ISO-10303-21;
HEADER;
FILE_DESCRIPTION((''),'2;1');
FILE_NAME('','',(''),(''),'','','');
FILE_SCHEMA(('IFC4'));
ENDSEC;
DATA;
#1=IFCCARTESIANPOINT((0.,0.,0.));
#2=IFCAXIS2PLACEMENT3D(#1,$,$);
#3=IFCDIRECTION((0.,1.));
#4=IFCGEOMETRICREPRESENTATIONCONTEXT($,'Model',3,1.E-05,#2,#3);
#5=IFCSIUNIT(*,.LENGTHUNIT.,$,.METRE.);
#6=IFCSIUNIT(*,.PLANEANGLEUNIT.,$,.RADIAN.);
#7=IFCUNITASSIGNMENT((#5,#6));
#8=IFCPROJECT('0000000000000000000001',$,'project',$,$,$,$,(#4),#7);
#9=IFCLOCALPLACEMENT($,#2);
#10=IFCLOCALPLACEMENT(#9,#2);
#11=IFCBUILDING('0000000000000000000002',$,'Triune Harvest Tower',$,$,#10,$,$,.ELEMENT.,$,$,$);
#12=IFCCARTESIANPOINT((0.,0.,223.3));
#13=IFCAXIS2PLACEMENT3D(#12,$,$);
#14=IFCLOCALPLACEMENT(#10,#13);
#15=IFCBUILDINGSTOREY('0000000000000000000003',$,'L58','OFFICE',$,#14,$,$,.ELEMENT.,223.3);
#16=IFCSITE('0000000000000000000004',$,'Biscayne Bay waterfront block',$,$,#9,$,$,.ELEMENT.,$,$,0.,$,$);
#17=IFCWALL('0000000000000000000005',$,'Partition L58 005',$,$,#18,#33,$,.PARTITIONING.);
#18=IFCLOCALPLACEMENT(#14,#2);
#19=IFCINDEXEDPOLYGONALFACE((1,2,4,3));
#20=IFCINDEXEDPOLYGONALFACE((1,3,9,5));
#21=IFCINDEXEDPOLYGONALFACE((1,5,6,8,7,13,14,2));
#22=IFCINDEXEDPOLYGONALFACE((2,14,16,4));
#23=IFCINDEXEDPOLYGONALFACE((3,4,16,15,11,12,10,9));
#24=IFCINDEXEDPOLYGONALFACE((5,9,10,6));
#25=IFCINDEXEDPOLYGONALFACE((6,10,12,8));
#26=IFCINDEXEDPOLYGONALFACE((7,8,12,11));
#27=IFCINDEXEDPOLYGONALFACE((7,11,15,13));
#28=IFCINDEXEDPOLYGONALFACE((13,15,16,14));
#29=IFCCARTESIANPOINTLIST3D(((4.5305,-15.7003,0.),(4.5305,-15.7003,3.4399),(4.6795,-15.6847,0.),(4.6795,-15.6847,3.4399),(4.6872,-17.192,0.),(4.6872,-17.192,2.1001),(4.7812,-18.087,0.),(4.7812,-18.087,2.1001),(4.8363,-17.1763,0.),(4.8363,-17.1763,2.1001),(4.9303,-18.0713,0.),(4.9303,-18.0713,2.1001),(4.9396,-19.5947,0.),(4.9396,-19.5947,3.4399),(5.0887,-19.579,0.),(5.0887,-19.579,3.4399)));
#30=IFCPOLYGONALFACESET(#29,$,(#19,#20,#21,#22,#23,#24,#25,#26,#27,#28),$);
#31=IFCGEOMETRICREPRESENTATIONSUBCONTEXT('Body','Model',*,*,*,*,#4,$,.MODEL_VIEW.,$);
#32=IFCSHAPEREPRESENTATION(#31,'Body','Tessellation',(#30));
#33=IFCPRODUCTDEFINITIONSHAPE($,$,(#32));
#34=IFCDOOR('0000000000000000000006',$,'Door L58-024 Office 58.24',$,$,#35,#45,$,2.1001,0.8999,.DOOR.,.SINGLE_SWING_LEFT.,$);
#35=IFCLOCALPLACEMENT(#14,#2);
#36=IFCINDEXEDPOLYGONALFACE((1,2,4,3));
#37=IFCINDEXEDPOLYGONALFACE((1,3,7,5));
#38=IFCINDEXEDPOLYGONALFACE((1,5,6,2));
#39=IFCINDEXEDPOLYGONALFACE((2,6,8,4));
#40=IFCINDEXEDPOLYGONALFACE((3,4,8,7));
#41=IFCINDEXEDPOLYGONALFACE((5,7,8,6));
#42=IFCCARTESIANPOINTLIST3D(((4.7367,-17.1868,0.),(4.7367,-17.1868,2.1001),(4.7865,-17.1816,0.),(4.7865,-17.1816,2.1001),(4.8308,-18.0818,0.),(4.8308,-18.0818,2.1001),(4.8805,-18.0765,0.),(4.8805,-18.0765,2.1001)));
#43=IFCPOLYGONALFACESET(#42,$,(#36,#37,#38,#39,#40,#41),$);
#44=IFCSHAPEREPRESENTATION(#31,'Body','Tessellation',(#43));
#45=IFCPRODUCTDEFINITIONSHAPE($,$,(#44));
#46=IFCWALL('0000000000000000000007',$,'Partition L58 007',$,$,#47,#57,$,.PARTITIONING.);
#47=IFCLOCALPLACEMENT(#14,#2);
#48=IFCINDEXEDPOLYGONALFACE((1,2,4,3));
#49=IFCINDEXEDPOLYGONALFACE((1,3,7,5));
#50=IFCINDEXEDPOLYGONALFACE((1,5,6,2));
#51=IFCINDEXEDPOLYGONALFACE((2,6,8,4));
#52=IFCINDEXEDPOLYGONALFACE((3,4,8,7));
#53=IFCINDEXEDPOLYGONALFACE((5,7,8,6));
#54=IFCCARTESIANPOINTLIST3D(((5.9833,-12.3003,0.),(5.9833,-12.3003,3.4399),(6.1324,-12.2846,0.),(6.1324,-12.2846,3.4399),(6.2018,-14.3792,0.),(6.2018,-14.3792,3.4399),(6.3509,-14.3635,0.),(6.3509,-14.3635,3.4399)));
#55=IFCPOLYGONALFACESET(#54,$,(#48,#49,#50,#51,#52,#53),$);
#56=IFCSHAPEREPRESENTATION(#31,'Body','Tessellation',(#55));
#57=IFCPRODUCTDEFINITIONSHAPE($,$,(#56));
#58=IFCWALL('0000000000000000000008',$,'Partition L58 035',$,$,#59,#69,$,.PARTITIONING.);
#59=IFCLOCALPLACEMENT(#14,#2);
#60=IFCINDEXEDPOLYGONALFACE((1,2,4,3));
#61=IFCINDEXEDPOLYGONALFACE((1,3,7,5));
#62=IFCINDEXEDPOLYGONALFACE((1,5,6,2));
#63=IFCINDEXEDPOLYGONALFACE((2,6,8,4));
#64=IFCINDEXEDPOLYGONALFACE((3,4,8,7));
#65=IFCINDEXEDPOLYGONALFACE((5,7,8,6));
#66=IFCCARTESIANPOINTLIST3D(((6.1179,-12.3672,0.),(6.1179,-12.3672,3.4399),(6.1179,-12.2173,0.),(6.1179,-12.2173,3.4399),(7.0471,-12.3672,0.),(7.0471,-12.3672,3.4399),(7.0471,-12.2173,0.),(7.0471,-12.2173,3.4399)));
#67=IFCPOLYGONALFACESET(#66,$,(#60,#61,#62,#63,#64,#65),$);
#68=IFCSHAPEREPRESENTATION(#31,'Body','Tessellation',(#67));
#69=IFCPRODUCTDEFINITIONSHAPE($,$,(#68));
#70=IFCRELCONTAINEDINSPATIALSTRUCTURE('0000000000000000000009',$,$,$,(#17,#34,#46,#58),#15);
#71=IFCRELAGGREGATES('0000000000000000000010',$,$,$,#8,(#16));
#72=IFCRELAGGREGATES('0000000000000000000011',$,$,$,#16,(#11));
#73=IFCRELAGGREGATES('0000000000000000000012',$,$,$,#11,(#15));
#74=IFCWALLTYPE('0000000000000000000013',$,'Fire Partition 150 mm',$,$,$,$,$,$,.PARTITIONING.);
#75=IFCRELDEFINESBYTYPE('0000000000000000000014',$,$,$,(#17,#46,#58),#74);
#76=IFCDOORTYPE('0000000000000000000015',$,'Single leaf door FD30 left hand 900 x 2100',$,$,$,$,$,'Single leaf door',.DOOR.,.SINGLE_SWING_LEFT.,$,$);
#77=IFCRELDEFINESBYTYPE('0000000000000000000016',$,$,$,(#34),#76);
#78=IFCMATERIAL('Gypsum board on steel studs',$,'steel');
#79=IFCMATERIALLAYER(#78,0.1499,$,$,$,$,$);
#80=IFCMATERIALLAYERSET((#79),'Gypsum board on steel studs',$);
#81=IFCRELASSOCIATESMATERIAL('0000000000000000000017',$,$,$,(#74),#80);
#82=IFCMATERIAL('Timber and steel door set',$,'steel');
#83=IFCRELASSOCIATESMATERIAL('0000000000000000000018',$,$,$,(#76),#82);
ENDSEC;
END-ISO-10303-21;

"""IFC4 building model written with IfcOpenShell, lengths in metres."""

from ifc_helpers import new_model, si_unit, direction, frame, frame_2d, origin, place, context, subcontext, project, spatial, rectangle, extrude, source, transform, mapped, material, layer, layer_set, type_object, element, fill, save


model = new_model("IFC4")

# Units and contexts
model_context = context("Model", 3, precision=1e-05, world=origin(), true_north=direction((0.0, 1.0)))
body_context = subcontext(model_context, "Body", "Model", "MODEL_VIEW")
ifc_project = project(units=[si_unit("LENGTHUNIT", "METRE"), si_unit("PLANEANGLEUNIT", "RADIAN")], contexts=[model_context])

# Site, building, storey
site_placement = place(None, origin())
site = spatial("IfcSite", under=ifc_project, at=site_placement, Name="Biscayne Bay waterfront block", CompositionType="ELEMENT", RefElevation=0.0)
building_placement = place(site_placement, origin())
building = spatial("IfcBuilding", under=site, at=building_placement, Name="Triune Harvest Tower", CompositionType="ELEMENT")
storey_placement = place(building_placement, frame((0.0, 0.0, 223.3)))
storey = spatial("IfcBuildingStorey", under=building, at=storey_placement, Name="L58", Description="OFFICE", CompositionType="ELEMENT", Elevation=223.3)

# Shared definitions
ifc_material_1 = material(Name="Gypsum board on steel studs", Category="steel")
ifc_layer_1 = layer(ifc_material_1, 0.1499)
ifc_layer_set_1 = layer_set([ifc_layer_1], Name="Gypsum board on steel studs")
wall_type_1 = type_object("IfcWallType", Name="Fire Partition 150 mm", PredefinedType="PARTITIONING", material=ifc_layer_set_1)

# Wall, opening, door
shared_shape_1 = source(origin(), body_context, "Body", "SweptSolid", [
    extrude(rectangle(XDim=3.9158, YDim=0.1499, at=frame_2d((1.958, 0.0))), origin(), (0.0, 0.0, 1.0), 3.4399),
])
wall_1_placement = place(storey_placement, frame((4.605, -15.6924, 0.0), z_axis=(0.0, 0.0, 1.0), x_axis=(0.104497, -0.994525, 0.0)))
wall_1 = element("IfcWall", 1, at=wall_1_placement, inside=storey, type_object=wall_type_1, Name="Partition L58 005", PredefinedType="PARTITIONING", context=body_context, shape_type="MappedRepresentation", body=[
    mapped(shared_shape_1, transform((0.0, 0.0, 0.0), scale=1.0)),
])
opening_1_placement = place(wall_1_placement, frame((1.5, 0.0, 0.0)))
opening_1 = element("IfcOpeningElement", 2, at=opening_1_placement, cuts=wall_1, PredefinedType="OPENING", context=body_context, shape_type="SweptSolid", body=[
    extrude(rectangle(XDim=0.8999, YDim=2.1001, at=frame_2d((0.45, 1.05))), frame((0.0, 0.085, 0.0), z_axis=(0.0, -1.0, 0.0), x_axis=(1.0, 0.0, 0.0)), (0.0, 0.0, 1.0), 0.1699),
])
ifc_material_2 = material(Name="Timber and steel door set", Category="steel")
door_type_1 = type_object("IfcDoorType", Name="Single leaf door FD30 left hand 900 x 2100", ElementType="Single leaf door", OperationType="SINGLE_SWING_LEFT", PredefinedType="DOOR", material=ifc_material_2)
door_1_placement = place(opening_1_placement, origin())
door_1 = element("IfcDoor", 3, at=door_1_placement, inside=storey, type_object=door_type_1, Name="Door L58-024 Office 58.24", OperationType="SINGLE_SWING_LEFT", OverallHeight=2.1001, OverallWidth=0.8999, PredefinedType="DOOR", context=body_context, shape_type="SweptSolid", body=[
    extrude(rectangle(XDim=0.8999, YDim=2.1001, at=frame_2d((0.45, 1.05))), frame((0.0, 0.0249, 0.0), z_axis=(0.0, -1.0, 0.0), x_axis=(1.0, 0.0, 0.0)), (0.0, 0.0, 1.0), 0.05),
])
fill(opening_1, door_1)

# Walls
shared_shape_2 = source(origin(), body_context, "Body", "SweptSolid", [
    extrude(rectangle(XDim=2.0903, YDim=0.1499, at=frame_2d((1.0452, 0.0))), origin(), (0.0, 0.0, 1.0), 3.4399),
])
wall_2_placement = place(storey_placement, frame((6.0579, -12.2925, 0.0), z_axis=(0.0, 0.0, 1.0), x_axis=(0.104533, -0.994521, 0.0)))
element("IfcWall", 4, at=wall_2_placement, inside=storey, type_object=wall_type_1, Name="Partition L58 007", PredefinedType="PARTITIONING", context=body_context, shape_type="MappedRepresentation", body=[
    mapped(shared_shape_2, transform((0.0, 0.0, 0.0), scale=1.0)),
])
shared_shape_3 = source(origin(), body_context, "Body", "SweptSolid", [
    extrude(rectangle(XDim=0.9292, YDim=0.1499, at=frame_2d((0.4646, 0.0))), origin(), (0.0, 0.0, 1.0), 3.4399),
])
wall_3_placement = place(storey_placement, frame((6.1179, -12.2922, 0.0), z_axis=(0.0, 0.0, 1.0), x_axis=(1.0, 0.0, 0.0)))
element("IfcWall", 5, at=wall_3_placement, inside=storey, type_object=wall_type_1, Name="Partition L58 035", PredefinedType="PARTITIONING", context=body_context, shape_type="MappedRepresentation", body=[
    mapped(shared_shape_3, transform((0.0, 0.0, 0.0), scale=1.0)),
])

save(model, "model.ifc")
